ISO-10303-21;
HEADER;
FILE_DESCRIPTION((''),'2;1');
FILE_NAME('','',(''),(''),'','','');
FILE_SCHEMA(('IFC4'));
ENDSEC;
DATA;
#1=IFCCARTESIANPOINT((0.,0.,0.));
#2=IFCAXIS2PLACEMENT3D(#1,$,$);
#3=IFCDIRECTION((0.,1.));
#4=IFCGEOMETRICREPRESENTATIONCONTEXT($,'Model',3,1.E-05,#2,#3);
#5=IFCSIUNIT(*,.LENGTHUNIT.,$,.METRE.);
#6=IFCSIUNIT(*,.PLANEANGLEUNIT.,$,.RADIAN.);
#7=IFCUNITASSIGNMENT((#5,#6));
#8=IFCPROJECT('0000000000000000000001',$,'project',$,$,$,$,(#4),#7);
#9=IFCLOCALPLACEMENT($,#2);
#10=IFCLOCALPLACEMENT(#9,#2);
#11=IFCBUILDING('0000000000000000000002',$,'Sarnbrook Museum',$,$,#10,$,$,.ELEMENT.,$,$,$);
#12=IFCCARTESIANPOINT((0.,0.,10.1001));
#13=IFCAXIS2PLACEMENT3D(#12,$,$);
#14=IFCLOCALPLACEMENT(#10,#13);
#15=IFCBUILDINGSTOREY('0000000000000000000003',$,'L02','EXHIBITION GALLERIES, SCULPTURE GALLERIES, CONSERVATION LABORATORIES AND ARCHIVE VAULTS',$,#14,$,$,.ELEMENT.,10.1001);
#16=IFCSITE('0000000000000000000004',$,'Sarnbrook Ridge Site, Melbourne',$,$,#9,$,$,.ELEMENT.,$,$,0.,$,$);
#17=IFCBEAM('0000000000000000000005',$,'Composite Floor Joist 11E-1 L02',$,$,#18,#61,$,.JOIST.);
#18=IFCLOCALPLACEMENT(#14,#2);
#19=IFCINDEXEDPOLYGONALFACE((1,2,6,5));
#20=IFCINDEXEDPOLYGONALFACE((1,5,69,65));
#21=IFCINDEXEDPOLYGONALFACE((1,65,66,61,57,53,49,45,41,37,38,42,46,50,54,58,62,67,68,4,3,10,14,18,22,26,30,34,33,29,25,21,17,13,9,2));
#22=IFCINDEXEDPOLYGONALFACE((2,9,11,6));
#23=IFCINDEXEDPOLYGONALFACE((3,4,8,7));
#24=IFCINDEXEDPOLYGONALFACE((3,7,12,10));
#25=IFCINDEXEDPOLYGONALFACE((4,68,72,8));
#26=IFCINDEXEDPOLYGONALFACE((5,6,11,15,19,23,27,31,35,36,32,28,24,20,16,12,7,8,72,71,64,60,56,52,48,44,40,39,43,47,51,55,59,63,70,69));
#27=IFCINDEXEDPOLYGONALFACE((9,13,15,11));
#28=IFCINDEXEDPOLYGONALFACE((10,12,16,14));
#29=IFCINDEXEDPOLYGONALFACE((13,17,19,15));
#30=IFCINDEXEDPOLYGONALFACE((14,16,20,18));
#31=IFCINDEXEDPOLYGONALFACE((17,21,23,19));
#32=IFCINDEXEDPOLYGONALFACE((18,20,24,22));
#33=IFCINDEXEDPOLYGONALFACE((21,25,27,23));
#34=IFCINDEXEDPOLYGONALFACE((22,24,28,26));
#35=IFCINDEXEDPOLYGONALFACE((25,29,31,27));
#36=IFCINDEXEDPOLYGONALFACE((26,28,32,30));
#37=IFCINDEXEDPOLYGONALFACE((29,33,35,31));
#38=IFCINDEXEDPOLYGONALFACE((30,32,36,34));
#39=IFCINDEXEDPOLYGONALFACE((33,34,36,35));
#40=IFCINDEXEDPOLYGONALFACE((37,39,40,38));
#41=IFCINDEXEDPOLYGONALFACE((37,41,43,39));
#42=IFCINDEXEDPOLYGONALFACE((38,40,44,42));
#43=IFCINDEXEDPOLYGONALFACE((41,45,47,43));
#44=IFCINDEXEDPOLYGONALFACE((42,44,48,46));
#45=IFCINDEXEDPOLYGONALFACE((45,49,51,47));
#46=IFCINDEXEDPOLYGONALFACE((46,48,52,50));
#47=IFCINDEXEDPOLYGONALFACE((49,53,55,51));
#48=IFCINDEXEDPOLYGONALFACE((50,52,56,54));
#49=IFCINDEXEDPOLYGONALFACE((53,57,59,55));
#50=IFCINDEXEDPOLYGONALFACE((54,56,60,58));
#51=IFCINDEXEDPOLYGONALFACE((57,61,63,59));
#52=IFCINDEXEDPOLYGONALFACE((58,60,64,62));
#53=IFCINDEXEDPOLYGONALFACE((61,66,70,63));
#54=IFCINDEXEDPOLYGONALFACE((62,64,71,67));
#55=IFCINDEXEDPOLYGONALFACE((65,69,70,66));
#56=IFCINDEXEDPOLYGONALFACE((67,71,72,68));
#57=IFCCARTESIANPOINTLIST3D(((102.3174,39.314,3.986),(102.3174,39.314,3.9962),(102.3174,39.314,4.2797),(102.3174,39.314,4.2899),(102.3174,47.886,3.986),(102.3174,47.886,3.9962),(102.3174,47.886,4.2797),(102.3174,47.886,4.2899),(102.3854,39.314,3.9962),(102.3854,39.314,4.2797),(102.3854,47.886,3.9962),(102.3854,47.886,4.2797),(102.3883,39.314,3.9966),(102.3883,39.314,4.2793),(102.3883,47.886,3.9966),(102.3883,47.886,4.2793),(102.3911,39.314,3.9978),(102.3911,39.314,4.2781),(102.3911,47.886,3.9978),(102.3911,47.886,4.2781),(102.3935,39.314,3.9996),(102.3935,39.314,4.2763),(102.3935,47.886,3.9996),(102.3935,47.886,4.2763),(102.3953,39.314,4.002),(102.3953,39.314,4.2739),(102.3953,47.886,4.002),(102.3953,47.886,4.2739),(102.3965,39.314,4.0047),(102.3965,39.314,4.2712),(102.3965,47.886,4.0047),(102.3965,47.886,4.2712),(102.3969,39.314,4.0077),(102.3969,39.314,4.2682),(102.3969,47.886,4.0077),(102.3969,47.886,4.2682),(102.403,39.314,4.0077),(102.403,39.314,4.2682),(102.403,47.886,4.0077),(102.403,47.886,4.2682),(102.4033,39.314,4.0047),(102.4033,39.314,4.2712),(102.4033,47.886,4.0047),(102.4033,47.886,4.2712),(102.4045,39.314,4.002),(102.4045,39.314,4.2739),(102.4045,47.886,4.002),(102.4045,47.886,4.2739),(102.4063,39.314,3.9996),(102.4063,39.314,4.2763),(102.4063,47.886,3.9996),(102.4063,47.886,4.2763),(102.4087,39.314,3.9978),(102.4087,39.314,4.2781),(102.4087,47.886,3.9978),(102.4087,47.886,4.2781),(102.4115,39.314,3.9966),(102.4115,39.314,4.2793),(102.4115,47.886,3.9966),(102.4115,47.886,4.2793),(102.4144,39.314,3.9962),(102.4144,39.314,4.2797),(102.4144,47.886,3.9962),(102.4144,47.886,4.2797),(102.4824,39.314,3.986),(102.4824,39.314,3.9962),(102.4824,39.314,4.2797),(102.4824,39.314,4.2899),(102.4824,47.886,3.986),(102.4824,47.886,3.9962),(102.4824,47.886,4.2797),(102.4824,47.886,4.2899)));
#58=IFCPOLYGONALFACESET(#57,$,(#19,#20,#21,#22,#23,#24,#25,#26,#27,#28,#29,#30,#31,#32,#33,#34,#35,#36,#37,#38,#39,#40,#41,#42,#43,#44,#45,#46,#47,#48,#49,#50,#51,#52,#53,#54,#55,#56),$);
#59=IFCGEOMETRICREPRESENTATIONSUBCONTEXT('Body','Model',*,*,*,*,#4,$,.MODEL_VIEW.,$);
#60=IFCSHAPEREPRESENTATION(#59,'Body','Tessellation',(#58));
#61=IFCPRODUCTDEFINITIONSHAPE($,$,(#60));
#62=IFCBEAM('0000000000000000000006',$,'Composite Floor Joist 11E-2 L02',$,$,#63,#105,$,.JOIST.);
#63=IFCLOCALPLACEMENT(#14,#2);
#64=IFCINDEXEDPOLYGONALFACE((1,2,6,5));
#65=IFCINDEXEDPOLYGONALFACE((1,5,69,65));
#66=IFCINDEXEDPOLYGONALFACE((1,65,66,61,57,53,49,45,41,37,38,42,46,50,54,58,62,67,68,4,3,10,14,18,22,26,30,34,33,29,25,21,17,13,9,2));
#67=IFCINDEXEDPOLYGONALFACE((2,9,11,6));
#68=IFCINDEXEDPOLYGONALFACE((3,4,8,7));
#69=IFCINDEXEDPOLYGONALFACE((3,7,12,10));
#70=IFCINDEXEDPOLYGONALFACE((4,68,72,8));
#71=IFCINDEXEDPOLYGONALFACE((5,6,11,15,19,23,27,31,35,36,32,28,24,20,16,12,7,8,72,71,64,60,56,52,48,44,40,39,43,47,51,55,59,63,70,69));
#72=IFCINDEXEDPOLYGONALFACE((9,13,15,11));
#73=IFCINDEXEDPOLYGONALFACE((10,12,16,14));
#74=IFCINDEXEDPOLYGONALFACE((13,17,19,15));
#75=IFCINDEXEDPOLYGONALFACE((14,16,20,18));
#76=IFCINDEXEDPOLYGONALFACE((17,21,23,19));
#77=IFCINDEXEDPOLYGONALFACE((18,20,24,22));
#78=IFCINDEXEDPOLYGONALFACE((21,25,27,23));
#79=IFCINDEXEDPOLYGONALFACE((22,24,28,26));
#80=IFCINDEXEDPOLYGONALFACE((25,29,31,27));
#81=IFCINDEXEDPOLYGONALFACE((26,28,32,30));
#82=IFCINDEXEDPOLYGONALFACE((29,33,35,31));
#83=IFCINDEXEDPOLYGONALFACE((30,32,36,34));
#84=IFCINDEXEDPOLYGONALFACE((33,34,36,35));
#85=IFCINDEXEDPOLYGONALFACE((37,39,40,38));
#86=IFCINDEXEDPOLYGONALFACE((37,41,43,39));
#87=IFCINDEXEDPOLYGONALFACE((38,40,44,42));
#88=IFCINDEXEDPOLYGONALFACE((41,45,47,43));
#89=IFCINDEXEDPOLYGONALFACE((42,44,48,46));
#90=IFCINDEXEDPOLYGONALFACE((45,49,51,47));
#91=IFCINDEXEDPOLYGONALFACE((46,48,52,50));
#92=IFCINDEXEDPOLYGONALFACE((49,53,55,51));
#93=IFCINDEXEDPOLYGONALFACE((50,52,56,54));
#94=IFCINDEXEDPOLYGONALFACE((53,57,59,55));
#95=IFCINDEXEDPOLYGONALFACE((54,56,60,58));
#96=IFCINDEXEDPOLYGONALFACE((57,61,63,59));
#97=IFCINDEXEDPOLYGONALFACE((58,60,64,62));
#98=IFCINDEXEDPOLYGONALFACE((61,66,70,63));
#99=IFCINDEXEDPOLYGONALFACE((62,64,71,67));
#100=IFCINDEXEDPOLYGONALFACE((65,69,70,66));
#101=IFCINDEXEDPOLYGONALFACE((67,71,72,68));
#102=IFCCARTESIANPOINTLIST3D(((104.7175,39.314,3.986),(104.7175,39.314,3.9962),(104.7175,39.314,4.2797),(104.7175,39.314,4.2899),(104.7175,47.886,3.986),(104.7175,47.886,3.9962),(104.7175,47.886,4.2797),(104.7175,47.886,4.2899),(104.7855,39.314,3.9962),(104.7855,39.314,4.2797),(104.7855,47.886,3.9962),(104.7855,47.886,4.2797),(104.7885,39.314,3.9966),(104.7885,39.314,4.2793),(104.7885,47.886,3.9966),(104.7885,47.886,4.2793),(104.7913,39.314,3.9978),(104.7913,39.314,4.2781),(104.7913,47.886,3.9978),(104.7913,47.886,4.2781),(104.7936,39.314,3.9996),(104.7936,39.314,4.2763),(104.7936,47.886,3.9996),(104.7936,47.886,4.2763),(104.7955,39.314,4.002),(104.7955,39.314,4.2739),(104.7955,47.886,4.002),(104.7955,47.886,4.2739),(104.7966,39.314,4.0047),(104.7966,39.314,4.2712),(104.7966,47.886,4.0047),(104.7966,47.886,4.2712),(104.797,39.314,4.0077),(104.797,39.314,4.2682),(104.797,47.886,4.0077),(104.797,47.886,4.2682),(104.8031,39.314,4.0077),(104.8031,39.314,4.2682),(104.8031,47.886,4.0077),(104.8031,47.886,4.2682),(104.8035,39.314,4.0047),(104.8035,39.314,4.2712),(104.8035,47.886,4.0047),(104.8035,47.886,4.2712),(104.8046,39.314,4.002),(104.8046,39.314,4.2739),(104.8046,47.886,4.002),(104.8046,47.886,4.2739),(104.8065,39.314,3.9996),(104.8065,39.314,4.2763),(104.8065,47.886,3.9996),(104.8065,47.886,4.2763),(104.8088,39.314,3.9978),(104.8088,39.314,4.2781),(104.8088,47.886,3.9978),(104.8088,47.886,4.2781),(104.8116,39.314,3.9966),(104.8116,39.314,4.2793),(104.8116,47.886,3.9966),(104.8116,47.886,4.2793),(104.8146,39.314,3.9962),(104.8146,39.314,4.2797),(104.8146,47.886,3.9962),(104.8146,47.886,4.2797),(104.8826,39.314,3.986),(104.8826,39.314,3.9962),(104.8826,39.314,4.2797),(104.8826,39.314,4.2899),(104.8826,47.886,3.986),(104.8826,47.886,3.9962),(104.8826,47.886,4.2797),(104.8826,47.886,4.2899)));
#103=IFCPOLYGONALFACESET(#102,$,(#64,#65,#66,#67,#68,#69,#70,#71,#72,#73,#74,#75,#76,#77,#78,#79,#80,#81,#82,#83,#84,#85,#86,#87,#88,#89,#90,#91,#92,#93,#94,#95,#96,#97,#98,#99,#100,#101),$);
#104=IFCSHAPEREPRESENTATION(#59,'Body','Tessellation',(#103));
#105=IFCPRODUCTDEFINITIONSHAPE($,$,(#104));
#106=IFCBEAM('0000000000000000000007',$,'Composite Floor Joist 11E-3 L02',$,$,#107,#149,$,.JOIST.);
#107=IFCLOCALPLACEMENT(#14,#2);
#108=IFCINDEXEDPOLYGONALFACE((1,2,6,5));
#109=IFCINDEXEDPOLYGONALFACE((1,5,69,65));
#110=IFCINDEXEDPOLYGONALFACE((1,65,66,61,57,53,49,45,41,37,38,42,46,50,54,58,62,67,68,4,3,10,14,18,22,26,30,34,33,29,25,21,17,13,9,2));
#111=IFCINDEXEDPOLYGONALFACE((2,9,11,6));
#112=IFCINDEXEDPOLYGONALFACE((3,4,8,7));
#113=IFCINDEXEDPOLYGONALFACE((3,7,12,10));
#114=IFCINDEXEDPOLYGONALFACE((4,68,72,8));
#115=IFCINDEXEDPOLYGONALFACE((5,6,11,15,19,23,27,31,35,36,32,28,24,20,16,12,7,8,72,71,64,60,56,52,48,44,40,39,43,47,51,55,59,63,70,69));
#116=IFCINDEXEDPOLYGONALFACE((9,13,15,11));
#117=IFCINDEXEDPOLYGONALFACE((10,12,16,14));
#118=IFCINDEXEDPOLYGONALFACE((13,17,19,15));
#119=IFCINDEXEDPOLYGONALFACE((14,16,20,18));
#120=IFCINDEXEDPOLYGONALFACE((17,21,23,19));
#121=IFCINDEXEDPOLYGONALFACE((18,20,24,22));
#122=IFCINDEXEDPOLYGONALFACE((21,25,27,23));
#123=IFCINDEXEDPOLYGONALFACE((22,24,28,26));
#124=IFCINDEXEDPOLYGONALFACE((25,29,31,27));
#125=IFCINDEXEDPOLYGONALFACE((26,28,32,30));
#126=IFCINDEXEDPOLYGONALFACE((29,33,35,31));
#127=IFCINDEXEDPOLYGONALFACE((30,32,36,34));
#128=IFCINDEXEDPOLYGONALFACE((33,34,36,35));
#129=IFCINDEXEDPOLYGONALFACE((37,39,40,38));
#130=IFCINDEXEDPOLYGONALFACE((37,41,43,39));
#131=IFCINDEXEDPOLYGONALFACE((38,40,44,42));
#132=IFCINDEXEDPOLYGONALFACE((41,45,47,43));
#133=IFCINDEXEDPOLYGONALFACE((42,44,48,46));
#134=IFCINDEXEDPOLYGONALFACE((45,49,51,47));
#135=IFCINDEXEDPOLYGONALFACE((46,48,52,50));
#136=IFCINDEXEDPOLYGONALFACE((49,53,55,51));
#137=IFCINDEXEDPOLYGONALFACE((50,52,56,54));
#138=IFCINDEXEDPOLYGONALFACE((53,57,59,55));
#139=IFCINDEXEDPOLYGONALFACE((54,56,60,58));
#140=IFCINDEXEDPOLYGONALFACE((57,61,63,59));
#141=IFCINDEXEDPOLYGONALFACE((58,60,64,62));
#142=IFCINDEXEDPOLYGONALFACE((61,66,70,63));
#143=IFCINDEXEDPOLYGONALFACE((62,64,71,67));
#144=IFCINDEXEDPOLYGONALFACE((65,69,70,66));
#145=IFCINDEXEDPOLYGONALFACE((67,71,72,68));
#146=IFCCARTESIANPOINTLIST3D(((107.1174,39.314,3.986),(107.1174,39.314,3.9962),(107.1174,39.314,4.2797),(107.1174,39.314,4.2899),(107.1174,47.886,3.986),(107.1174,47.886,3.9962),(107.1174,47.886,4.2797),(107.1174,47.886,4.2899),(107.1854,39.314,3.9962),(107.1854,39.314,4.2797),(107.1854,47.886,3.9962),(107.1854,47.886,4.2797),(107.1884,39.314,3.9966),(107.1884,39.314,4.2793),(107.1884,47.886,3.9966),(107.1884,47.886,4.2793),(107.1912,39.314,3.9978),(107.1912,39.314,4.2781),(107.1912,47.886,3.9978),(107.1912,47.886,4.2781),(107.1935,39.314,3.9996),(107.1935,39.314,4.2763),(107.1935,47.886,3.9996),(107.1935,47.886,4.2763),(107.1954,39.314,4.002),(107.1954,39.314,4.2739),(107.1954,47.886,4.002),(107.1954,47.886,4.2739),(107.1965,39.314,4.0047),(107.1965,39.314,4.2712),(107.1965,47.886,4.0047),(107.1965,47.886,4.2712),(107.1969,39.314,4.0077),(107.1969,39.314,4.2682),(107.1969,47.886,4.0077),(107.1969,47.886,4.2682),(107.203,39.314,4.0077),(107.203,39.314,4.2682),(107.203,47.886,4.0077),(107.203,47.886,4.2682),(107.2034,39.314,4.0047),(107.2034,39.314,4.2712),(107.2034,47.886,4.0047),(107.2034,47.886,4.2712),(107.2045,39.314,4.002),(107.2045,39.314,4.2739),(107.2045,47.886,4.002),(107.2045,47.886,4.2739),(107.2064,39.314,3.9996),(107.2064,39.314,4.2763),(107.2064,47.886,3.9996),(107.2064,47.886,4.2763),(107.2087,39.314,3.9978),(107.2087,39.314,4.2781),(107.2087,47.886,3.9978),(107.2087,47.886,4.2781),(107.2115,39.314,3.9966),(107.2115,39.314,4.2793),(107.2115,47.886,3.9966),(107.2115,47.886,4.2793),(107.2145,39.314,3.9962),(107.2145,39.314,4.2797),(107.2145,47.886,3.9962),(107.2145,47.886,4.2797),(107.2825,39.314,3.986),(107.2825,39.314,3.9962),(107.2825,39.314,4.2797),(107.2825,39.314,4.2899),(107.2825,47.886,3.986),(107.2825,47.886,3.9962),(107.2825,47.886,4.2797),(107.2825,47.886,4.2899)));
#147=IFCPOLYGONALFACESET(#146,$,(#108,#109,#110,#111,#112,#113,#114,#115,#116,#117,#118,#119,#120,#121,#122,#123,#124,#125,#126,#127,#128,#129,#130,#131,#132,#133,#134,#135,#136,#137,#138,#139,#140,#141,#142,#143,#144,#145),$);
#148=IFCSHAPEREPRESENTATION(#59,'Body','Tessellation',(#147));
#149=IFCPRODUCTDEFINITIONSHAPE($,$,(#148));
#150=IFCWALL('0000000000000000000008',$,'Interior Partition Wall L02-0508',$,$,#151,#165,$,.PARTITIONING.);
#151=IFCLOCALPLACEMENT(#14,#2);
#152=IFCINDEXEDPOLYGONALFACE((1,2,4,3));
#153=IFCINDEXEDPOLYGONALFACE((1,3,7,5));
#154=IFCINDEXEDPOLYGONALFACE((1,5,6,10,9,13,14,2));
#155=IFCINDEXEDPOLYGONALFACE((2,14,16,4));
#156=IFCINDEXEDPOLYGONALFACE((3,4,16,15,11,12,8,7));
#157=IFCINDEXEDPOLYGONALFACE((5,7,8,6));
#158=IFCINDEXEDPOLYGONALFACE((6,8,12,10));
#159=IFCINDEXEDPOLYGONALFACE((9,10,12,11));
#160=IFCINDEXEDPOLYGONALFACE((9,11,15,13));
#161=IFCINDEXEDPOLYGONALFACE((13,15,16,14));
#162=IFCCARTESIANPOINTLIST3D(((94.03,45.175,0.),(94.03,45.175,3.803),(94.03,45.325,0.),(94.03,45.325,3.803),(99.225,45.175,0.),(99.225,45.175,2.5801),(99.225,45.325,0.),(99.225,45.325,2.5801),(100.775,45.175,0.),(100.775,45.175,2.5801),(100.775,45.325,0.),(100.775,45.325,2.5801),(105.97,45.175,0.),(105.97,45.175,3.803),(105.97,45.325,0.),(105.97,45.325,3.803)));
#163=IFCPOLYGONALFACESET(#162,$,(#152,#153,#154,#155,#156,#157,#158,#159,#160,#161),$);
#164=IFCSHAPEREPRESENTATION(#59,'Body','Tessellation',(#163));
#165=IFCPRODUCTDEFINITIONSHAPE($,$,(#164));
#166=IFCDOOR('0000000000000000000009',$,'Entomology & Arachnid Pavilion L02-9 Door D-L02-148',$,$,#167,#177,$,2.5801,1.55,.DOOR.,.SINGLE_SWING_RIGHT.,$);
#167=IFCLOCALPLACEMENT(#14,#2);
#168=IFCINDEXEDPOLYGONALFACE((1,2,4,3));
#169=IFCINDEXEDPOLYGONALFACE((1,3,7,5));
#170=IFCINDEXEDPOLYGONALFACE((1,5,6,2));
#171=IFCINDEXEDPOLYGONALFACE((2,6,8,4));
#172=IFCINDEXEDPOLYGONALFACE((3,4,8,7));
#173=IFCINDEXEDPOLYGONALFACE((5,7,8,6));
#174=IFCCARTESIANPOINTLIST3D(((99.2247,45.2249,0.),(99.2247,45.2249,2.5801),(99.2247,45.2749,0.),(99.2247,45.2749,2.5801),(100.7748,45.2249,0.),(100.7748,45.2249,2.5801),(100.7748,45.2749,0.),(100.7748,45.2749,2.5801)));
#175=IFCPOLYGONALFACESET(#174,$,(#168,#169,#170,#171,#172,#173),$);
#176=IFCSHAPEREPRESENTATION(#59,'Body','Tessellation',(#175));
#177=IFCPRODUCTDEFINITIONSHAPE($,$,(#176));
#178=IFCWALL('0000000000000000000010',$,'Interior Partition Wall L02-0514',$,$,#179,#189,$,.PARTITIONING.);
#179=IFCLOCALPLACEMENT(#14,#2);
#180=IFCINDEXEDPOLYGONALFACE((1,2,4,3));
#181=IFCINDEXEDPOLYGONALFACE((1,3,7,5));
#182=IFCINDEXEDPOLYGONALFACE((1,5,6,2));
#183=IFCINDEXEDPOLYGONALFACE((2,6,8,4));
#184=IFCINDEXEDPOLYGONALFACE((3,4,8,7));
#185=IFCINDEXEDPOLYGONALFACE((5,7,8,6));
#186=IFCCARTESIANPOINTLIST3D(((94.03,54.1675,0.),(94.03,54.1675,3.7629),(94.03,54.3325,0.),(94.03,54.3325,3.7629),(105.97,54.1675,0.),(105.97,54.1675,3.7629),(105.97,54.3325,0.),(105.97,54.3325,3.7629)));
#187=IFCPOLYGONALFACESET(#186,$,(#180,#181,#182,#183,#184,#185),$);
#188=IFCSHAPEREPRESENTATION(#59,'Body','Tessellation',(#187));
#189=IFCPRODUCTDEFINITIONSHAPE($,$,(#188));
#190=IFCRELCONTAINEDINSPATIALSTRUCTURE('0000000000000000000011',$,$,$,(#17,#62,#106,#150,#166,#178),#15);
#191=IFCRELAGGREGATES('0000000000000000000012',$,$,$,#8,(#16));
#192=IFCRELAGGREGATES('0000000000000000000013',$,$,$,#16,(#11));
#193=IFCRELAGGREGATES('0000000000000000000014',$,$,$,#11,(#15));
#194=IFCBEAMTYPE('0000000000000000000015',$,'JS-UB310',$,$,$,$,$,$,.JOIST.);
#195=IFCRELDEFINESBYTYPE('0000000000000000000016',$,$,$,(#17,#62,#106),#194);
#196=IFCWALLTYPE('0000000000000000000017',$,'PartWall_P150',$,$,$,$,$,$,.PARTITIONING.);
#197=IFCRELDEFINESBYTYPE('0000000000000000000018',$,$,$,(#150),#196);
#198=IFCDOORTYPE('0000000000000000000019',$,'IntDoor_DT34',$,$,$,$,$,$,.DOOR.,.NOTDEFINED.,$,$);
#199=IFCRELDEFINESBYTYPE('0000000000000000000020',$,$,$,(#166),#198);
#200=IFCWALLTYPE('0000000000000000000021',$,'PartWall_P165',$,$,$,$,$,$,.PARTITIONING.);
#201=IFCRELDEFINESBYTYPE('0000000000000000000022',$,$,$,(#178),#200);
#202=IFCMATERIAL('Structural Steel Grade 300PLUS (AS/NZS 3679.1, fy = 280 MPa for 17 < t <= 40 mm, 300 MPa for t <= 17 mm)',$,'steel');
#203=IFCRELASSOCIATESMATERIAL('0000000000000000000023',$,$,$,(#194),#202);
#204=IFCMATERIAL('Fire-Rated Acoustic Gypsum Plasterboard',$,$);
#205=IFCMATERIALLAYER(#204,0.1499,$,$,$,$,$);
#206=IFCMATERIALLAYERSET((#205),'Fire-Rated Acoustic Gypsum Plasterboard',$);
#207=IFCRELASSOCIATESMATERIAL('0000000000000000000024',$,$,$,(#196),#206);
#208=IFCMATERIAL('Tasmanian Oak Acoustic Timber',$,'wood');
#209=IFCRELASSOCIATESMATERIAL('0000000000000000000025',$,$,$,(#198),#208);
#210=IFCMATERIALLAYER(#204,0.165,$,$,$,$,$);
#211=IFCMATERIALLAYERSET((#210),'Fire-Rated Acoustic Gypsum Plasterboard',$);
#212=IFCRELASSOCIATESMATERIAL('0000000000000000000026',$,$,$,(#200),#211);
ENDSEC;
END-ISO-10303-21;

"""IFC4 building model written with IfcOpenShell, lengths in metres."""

from ifc_helpers import new_model, si_unit, direction, frame, frame_2d, origin, origin_2d, place, context, subcontext, project, spatial, rectangle, i_section, extrude, material, layer, layer_set, material_profile, profile_set, type_object, element, fill, save


model = new_model("IFC4")

# Units and contexts
model_context = context("Model", 3, precision=1e-05, world=origin(), true_north=direction((0.0, 1.0)))
body_context = subcontext(model_context, "Body", "Model", "MODEL_VIEW")
ifc_project = project(units=[si_unit("LENGTHUNIT", "METRE"), si_unit("PLANEANGLEUNIT", "RADIAN")], contexts=[model_context])

# Site, building, storey
site_placement = place(None, origin())
site = spatial("IfcSite", under=ifc_project, at=site_placement, Name="Sarnbrook Ridge Site, Melbourne", CompositionType="ELEMENT", RefElevation=0.0)
building_placement = place(site_placement, origin())
building = spatial("IfcBuilding", under=site, at=building_placement, Name="Sarnbrook Museum", CompositionType="ELEMENT")
storey_placement = place(building_placement, frame((0.0, 0.0, 10.1001)))
storey = spatial("IfcBuildingStorey", under=building, at=storey_placement, Name="L02", Description="EXHIBITION GALLERIES, SCULPTURE GALLERIES, CONSERVATION LABORATORIES AND ARCHIVE VAULTS", CompositionType="ELEMENT", Elevation=10.1001)

# Shared definitions
ifc_material_1 = material(Name="Structural Steel Grade 300PLUS (AS/NZS 3679.1, fy = 280 MPa for 17 < t <= 40 mm, 300 MPa for t <= 17 mm)", Category="steel")

# Beams
ifc_material_profile_1 = material_profile(ifc_material_1, i_section(OverallWidth=0.165, OverallDepth=0.304, WebThickness=0.0061, FlangeThickness=0.0103, FilletRadius=0.0115, at=origin_2d()), Name="310UB40.4")
ifc_profile_set_1 = profile_set([ifc_material_profile_1], Name="Structural Steel Grade 300PLUS (AS/NZS 3679.1, fy = 280 MPa for 17 < t <= 40 mm, 300 MPa for t <= 17 mm)")
beam_type_1 = type_object("IfcBeamType", Name="JS-UB310", PredefinedType="JOIST", material=ifc_profile_set_1)
for number, where, z_axis, x_axis, name in (
    (1, (102.3999, 39.314, 4.1379), (0.0, 1.0, 0.0), (-1.0, 0.0, 0.0), "Composite Floor Joist 11E-1 L02"),
    (2, (104.8, 39.314, 4.1379), (0.0, 1.0, 0.0), (-1.0, 0.0, 0.0), "Composite Floor Joist 11E-2 L02"),
    (3, (107.2, 39.314, 4.1379), (0.0, 1.0, 0.0), (-1.0, 0.0, 0.0), "Composite Floor Joist 11E-3 L02"),
):
    element("IfcBeam", number, at=place(storey_placement, frame(where, z_axis=z_axis, x_axis=x_axis)), inside=storey, type_object=beam_type_1, Name=name, PredefinedType="JOIST", context=body_context, shape_type="SweptSolid", body=[
        extrude(i_section(OverallWidth=0.165, OverallDepth=0.304, WebThickness=0.0061, FlangeThickness=0.0103, FilletRadius=0.0115, at=origin_2d()), origin(), (0.0, 0.0, 1.0), 8.572),
    ])

# Wall, opening, door
ifc_material_2 = material(Name="Fire-Rated Acoustic Gypsum Plasterboard")
ifc_layer_1 = layer(ifc_material_2, 0.1499)
ifc_layer_set_1 = layer_set([ifc_layer_1], Name="Fire-Rated Acoustic Gypsum Plasterboard")
wall_type_1 = type_object("IfcWallType", Name="PartWall_P150", PredefinedType="PARTITIONING", material=ifc_layer_set_1)
wall_1_placement = place(storey_placement, frame((105.97, 45.25, 0.0), z_axis=(0.0, 0.0, 1.0), x_axis=(-1.0, 0.0, 0.0)))
wall_1 = element("IfcWall", 4, at=wall_1_placement, inside=storey, type_object=wall_type_1, Name="Interior Partition Wall L02-0508", PredefinedType="PARTITIONING", context=body_context, shape_type="SweptSolid", body=[
    extrude(rectangle(XDim=11.9399, YDim=0.1499, at=frame_2d((5.97, 0.0))), origin(), (0.0, 0.0, 1.0), 3.803),
])
opening_1_placement = place(wall_1_placement, frame((5.1951, 0.0, 0.0)))
opening_1 = element("IfcOpeningElement", 5, at=opening_1_placement, cuts=wall_1, PredefinedType="OPENING", context=body_context, shape_type="SweptSolid", body=[
    extrude(rectangle(XDim=1.55, YDim=2.5801, at=frame_2d((0.7749, 1.29))), frame((0.0, 0.085, 0.0), z_axis=(0.0, -1.0, 0.0), x_axis=(1.0, 0.0, 0.0)), (0.0, 0.0, 1.0), 0.1699),
])
ifc_material_3 = material(Name="Tasmanian Oak Acoustic Timber", Category="wood")
door_type_1 = type_object("IfcDoorType", Name="IntDoor_DT34", OperationType="NOTDEFINED", PredefinedType="DOOR", material=ifc_material_3)
door_1_placement = place(opening_1_placement, frame((1.55, 0.0, 0.0), z_axis=(0.0, 0.0, 1.0), x_axis=(-1.0, 0.0, 0.0)))
door_1 = element("IfcDoor", 6, at=door_1_placement, inside=storey, type_object=door_type_1, Name="Entomology & Arachnid Pavilion L02-9 Door D-L02-148", OperationType="SINGLE_SWING_RIGHT", OverallHeight=2.5801, OverallWidth=1.55, PredefinedType="DOOR", context=body_context, shape_type="SweptSolid", body=[
    extrude(rectangle(XDim=1.55, YDim=2.5801, at=frame_2d((0.7749, 1.29))), frame((0.0, 0.0249, 0.0), z_axis=(0.0, -1.0, 0.0), x_axis=(1.0, 0.0, 0.0)), (0.0, 0.0, 1.0), 0.05),
])
fill(opening_1, door_1)

# Wall
ifc_layer_2 = layer(ifc_material_2, 0.165)
ifc_layer_set_2 = layer_set([ifc_layer_2], Name="Fire-Rated Acoustic Gypsum Plasterboard")
wall_type_2 = type_object("IfcWallType", Name="PartWall_P165", PredefinedType="PARTITIONING", material=ifc_layer_set_2)
wall_2_placement = place(storey_placement, frame((105.97, 54.25, 0.0), z_axis=(0.0, 0.0, 1.0), x_axis=(-1.0, 0.0, 0.0)))
element("IfcWall", 7, at=wall_2_placement, inside=storey, type_object=wall_type_2, Name="Interior Partition Wall L02-0514", PredefinedType="PARTITIONING", context=body_context, shape_type="SweptSolid", body=[
    extrude(rectangle(XDim=11.9399, YDim=0.165, at=frame_2d((5.97, 0.0))), origin(), (0.0, 0.0, 1.0), 3.7629),
])

save(model, "model.ifc")
